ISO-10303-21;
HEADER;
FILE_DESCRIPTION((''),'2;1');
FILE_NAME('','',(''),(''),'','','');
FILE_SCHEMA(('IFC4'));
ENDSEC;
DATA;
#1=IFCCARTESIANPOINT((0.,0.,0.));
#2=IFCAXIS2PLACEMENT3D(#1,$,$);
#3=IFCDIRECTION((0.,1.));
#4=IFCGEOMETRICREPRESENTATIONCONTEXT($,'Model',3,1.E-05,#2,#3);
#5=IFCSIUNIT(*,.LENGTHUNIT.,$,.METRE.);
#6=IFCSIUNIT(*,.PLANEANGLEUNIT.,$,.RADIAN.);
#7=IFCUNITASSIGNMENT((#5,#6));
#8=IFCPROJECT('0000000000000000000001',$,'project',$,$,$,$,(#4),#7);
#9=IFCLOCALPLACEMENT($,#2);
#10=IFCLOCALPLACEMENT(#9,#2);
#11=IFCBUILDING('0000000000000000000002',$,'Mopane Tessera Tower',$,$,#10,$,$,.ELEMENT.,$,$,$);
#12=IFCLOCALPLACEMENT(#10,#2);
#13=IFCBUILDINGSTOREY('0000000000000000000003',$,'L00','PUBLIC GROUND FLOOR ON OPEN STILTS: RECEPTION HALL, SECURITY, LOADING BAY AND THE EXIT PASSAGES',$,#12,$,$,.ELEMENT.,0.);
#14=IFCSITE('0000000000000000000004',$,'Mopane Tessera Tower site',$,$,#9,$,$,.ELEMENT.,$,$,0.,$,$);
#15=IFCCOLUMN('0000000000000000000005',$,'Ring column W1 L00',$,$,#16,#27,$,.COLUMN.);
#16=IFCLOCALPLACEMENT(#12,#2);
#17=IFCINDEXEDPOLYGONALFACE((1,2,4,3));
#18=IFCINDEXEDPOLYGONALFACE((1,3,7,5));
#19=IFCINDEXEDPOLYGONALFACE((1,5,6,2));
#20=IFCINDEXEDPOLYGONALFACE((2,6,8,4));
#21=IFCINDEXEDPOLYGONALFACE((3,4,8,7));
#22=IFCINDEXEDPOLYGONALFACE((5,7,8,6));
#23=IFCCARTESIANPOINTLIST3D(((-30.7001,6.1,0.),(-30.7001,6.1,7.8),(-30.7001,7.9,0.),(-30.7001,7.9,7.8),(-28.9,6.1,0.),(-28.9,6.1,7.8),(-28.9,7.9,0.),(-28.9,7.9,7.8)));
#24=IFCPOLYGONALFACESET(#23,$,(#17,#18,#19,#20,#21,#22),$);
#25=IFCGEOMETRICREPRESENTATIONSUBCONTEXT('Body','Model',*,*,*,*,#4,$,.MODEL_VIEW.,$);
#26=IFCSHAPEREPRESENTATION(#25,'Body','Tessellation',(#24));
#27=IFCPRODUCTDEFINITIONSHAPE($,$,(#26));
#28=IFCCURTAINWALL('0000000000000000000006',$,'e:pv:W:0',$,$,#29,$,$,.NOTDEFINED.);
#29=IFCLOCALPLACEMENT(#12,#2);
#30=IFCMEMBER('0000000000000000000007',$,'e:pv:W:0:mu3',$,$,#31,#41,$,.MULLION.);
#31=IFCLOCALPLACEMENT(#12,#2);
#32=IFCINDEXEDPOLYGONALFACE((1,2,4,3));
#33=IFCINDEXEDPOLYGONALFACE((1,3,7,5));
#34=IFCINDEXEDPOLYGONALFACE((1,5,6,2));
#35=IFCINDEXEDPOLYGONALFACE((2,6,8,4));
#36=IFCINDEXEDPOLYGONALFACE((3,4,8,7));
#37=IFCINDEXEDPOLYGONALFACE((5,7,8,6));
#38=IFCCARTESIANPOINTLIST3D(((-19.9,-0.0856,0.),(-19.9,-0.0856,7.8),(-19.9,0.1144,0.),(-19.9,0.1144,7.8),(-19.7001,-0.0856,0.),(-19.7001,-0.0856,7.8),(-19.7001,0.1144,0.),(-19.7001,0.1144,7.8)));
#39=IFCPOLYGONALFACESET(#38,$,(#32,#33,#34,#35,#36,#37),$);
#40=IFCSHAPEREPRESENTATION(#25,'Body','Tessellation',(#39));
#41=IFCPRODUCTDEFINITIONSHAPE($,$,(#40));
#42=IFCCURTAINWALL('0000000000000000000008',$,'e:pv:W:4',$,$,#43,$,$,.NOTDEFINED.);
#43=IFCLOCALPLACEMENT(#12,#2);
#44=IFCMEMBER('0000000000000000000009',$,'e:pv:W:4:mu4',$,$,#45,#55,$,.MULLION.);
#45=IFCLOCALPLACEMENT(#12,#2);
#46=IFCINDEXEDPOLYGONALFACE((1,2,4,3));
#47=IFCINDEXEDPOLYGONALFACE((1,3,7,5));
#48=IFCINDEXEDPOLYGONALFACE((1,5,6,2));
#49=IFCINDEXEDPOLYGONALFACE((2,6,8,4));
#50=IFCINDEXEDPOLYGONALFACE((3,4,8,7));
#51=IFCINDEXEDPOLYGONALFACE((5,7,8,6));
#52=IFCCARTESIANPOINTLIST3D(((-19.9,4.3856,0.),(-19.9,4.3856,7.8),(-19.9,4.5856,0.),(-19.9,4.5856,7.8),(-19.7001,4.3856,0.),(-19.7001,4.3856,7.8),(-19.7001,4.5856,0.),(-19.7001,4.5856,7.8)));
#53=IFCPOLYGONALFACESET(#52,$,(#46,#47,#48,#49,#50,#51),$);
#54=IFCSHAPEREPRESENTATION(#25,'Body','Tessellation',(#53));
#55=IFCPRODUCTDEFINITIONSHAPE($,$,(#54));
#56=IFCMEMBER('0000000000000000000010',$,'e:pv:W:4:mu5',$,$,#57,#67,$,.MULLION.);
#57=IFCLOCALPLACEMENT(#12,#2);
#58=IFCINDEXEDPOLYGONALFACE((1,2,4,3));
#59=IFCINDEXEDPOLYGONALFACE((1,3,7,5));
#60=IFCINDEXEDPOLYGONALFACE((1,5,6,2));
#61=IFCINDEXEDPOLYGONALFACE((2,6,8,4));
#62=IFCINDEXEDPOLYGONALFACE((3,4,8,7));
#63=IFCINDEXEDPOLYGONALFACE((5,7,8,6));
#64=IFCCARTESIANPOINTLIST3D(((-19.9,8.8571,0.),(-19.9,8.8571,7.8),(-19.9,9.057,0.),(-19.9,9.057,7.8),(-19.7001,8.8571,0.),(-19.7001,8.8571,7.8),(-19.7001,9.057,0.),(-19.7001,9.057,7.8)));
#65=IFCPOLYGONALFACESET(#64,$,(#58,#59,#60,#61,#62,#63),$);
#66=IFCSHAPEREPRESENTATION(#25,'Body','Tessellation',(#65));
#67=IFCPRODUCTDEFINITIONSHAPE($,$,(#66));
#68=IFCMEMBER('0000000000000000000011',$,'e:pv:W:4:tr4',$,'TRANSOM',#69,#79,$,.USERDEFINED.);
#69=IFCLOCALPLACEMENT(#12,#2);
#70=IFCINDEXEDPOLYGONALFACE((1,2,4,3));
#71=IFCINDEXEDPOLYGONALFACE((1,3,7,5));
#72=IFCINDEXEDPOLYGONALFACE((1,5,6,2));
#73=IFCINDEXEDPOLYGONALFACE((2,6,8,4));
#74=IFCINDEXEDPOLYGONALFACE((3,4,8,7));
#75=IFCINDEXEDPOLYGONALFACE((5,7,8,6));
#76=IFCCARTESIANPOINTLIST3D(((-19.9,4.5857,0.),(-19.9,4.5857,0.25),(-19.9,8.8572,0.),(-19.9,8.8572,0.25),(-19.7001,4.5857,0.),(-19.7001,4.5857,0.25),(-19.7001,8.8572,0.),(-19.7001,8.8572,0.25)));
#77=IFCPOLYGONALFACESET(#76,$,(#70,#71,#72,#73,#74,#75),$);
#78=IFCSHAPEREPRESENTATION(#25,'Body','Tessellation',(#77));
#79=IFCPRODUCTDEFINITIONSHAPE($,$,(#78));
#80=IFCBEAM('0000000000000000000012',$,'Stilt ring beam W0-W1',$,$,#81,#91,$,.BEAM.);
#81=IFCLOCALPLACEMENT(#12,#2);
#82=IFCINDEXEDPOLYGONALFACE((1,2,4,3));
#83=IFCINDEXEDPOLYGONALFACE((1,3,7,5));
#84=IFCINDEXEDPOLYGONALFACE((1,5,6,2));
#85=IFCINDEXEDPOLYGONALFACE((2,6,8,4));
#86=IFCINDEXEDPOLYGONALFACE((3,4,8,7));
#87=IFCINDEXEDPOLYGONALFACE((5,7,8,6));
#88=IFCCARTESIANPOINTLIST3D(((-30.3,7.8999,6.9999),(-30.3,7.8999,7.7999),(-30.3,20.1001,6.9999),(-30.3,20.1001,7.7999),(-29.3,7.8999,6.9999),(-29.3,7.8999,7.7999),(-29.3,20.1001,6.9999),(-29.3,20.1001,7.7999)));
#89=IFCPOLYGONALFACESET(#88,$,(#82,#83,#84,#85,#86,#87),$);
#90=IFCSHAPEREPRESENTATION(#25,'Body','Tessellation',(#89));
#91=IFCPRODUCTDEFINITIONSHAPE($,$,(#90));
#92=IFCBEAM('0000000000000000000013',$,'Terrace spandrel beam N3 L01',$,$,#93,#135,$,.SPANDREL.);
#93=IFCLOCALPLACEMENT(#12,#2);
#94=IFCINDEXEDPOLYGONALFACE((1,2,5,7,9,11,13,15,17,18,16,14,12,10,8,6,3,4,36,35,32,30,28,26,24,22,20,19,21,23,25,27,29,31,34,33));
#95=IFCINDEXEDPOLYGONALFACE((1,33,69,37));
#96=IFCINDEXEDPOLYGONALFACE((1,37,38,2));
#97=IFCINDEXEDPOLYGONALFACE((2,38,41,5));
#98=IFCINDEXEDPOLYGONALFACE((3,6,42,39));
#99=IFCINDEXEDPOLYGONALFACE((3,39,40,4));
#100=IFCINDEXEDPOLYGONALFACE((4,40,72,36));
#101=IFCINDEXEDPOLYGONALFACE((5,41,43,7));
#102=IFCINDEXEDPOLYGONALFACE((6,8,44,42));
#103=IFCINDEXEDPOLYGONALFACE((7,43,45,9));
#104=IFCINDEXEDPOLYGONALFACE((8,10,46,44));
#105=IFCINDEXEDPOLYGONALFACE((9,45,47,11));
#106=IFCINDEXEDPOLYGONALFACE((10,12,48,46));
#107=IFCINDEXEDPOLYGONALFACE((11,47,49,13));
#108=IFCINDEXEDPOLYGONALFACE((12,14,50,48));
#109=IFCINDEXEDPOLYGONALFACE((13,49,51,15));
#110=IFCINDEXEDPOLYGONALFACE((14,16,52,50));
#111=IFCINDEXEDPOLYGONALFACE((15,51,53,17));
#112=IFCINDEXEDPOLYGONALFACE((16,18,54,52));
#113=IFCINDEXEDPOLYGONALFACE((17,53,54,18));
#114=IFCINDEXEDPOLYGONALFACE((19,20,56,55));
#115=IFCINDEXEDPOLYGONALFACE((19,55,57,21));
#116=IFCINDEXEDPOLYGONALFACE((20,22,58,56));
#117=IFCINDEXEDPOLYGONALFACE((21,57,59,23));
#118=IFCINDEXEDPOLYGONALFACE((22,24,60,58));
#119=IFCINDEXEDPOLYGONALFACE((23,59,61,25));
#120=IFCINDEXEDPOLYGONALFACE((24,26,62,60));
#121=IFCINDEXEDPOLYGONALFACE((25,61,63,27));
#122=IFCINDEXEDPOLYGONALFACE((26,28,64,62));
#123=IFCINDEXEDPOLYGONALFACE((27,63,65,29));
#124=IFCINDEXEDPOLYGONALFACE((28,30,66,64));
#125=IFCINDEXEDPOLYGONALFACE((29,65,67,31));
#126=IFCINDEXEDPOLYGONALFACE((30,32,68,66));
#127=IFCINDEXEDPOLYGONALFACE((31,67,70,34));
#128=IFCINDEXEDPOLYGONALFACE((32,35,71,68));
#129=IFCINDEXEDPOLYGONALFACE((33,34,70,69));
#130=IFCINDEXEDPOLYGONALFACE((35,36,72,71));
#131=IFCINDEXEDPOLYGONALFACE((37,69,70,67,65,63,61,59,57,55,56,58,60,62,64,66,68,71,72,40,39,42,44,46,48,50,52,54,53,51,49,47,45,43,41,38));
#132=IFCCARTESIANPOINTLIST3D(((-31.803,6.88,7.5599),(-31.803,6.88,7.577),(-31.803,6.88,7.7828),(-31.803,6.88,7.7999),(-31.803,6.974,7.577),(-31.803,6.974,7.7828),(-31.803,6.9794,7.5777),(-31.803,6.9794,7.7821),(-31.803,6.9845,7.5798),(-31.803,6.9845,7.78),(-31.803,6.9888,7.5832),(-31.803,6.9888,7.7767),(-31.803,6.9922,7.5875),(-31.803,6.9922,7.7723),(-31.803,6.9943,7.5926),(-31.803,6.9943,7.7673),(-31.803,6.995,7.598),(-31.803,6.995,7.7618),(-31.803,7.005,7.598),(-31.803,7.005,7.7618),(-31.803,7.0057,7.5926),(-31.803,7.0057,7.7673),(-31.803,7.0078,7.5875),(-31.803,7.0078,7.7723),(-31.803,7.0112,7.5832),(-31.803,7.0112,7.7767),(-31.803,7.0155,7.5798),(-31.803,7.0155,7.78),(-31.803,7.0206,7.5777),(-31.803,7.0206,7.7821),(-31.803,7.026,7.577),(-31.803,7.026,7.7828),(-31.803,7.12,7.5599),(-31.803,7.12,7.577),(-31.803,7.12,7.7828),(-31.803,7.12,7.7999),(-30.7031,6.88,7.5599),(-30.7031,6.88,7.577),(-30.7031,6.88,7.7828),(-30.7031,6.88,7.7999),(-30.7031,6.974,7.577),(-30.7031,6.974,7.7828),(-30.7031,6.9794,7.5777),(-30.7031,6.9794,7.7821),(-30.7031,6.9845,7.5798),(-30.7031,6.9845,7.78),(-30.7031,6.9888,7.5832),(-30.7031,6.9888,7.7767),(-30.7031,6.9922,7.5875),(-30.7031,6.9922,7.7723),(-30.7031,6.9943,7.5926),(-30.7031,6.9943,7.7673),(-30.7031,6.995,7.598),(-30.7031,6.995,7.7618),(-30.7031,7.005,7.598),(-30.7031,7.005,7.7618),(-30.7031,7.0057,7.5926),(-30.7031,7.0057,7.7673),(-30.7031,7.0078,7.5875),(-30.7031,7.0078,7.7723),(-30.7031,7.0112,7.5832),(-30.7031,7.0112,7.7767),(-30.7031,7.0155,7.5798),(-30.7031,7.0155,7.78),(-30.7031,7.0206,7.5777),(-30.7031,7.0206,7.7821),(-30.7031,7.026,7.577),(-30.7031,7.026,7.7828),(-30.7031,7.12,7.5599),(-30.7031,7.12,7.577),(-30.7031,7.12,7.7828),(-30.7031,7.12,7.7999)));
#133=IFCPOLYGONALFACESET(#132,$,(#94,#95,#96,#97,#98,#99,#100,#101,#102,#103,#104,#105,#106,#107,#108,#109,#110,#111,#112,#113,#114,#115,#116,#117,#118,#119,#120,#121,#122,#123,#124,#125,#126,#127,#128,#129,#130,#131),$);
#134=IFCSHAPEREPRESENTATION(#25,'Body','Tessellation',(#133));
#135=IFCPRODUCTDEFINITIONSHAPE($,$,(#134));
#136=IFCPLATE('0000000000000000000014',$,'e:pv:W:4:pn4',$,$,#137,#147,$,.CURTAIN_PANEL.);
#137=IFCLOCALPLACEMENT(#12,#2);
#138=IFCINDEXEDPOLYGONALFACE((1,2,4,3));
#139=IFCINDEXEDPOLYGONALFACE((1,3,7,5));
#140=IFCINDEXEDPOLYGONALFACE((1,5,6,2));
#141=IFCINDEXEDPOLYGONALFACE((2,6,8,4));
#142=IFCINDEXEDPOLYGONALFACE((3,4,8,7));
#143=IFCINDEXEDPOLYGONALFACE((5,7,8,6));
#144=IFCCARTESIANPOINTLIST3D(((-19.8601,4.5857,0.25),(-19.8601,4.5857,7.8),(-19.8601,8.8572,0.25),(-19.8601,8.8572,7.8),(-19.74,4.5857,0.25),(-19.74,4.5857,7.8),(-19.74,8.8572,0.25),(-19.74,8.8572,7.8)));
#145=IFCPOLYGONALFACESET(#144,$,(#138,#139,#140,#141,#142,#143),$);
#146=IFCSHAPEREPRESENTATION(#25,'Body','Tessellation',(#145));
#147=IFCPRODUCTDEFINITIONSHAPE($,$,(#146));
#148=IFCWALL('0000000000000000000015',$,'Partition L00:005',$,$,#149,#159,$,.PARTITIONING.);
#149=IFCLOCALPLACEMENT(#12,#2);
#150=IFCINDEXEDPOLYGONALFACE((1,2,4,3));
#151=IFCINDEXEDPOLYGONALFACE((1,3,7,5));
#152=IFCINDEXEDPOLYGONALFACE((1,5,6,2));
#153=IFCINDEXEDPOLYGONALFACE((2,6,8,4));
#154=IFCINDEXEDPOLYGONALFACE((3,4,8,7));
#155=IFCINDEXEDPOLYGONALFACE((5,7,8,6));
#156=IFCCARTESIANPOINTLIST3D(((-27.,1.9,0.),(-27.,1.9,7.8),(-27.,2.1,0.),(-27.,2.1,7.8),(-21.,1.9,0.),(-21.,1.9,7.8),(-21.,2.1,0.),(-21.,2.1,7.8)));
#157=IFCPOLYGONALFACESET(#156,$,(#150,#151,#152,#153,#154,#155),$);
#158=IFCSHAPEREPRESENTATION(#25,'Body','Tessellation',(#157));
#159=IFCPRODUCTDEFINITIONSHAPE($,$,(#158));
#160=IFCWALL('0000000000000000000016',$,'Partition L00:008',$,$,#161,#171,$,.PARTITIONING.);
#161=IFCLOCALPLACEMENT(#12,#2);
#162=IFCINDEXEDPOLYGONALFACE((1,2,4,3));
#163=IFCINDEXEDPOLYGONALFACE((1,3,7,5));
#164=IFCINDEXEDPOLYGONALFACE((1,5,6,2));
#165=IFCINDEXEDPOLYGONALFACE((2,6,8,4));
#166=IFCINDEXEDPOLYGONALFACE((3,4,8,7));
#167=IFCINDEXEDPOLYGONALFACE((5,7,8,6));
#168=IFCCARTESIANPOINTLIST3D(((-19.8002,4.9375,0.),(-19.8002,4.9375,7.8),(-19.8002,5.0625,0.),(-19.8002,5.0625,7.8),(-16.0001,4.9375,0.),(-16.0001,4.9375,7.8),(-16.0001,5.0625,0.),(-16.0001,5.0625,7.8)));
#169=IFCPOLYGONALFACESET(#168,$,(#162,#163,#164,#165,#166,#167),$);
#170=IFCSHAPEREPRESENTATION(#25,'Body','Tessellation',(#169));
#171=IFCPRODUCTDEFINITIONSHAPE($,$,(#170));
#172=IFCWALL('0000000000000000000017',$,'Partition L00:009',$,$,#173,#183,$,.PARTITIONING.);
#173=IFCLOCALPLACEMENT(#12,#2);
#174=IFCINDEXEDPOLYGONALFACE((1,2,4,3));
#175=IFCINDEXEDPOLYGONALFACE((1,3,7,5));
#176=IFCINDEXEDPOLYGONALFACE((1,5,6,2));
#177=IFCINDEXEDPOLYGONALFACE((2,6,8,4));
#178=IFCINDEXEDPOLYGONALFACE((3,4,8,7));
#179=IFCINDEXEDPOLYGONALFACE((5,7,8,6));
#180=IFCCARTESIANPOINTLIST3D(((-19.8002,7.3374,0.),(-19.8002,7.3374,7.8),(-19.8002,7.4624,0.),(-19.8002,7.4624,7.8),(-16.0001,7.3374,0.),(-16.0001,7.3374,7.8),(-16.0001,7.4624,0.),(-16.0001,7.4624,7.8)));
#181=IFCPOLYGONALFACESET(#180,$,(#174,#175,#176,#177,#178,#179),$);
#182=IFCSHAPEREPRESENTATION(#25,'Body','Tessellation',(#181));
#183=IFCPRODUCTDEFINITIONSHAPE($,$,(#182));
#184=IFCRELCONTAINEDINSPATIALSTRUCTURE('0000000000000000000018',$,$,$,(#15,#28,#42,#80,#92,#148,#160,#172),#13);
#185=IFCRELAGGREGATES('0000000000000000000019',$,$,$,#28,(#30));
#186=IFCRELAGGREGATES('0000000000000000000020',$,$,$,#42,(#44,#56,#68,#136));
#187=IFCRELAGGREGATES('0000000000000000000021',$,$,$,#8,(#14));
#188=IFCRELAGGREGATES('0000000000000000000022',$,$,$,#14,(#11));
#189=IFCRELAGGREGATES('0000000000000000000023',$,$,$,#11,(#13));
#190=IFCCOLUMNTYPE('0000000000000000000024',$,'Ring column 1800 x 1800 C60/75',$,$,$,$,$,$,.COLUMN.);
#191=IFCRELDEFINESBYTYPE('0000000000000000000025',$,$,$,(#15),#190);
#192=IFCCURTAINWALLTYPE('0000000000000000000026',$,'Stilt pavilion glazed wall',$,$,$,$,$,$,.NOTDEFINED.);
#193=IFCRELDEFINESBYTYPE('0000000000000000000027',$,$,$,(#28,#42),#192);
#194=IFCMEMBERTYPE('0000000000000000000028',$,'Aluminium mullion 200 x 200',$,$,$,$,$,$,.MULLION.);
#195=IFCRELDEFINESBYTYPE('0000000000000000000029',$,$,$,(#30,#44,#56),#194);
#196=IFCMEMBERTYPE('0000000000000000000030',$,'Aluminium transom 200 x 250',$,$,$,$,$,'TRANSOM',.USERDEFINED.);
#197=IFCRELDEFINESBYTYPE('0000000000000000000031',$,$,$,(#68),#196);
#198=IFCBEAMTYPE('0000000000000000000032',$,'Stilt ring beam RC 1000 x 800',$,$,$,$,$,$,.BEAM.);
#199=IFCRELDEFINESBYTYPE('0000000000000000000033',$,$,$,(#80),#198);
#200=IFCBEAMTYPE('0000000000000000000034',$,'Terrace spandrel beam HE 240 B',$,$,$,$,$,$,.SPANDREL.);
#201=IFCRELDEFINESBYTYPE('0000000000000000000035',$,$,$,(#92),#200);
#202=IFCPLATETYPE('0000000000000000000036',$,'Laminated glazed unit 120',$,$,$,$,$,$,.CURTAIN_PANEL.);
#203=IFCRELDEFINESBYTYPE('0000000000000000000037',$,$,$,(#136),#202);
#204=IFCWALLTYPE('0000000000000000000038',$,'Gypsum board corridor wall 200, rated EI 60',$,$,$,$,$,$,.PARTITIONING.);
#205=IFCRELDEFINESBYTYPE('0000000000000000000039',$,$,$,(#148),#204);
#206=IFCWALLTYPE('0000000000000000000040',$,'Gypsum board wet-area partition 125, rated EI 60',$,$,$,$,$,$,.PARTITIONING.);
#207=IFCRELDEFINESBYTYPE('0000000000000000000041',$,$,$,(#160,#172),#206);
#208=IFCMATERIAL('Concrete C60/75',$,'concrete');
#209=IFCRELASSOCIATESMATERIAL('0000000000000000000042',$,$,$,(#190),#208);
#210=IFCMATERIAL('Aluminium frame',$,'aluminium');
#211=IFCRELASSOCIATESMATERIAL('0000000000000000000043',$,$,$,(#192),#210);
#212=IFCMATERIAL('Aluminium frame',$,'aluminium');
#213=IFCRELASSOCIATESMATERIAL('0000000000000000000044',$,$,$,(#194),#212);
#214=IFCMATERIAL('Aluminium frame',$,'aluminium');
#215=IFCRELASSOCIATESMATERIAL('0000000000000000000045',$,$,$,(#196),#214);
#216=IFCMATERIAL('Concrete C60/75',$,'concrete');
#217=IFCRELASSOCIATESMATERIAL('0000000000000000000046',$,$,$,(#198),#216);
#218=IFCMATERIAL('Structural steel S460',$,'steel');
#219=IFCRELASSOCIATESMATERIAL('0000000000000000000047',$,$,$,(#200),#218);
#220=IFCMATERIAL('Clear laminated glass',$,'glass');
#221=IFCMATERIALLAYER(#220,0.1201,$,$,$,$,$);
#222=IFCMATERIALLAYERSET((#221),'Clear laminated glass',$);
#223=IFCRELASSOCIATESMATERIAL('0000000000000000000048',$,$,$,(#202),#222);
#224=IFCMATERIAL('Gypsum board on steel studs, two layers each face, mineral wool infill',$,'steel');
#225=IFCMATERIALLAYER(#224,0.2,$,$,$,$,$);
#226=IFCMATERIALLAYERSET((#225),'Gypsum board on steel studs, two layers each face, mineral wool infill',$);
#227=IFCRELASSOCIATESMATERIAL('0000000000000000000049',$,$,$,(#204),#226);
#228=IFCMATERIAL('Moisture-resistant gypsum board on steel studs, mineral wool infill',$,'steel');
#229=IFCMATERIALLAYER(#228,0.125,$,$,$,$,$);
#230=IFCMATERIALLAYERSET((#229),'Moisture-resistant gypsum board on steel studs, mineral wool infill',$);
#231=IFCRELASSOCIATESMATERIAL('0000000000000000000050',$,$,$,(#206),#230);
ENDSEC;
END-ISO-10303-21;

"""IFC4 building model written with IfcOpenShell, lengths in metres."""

from ifc_helpers import new_model, si_unit, direction, frame, frame_2d, origin, origin_2d, place, context, subcontext, project, spatial, rectangle, i_section, extrude, material, layer, layer_set, material_profile, profile_set, type_object, element, aggregate, save


model = new_model("IFC4")

# Units and contexts
model_context = context("Model", 3, precision=1e-05, world=origin(), true_north=direction((0.0, 1.0)))
body_context = subcontext(model_context, "Body", "Model", "MODEL_VIEW")
ifc_project = project(units=[si_unit("LENGTHUNIT", "METRE"), si_unit("PLANEANGLEUNIT", "RADIAN")], contexts=[model_context])

# Site, building, storey
site_placement = place(None, origin())
site = spatial("IfcSite", under=ifc_project, at=site_placement, Name="Mopane Tessera Tower site", CompositionType="ELEMENT", RefElevation=0.0)
building_placement = place(site_placement, origin())
building = spatial("IfcBuilding", under=site, at=building_placement, Name="Mopane Tessera Tower", CompositionType="ELEMENT")
storey_placement = place(building_placement, origin())
storey = spatial("IfcBuildingStorey", under=building, at=storey_placement, Name="L00", Description="PUBLIC GROUND FLOOR ON OPEN STILTS: RECEPTION HALL, SECURITY, LOADING BAY AND THE EXIT PASSAGES", CompositionType="ELEMENT", Elevation=0.0)

# Column
ifc_material_1 = material(Name="Concrete C60/75", Category="concrete")
ifc_material_profile_1 = material_profile(ifc_material_1, rectangle(XDim=1.8, YDim=1.8, at=origin_2d()))
ifc_profile_set_1 = profile_set([ifc_material_profile_1], Name="Concrete C60/75")
column_type = type_object("IfcColumnType", Name="Ring column 1800 x 1800 C60/75", PredefinedType="COLUMN", material=ifc_profile_set_1)
column_placement = place(storey_placement, frame((-29.8, 7.0, 0.0), z_axis=(0.0, 0.0, 1.0), x_axis=(1.0, 0.0, 0.0)))
element("IfcColumn", 1, at=column_placement, inside=storey, type_object=column_type, Name="Ring column W1 L00", PredefinedType="COLUMN", context=body_context, shape_type="SweptSolid", body=[
    extrude(rectangle(XDim=1.8, YDim=1.8, at=origin_2d()), origin(), (0.0, 0.0, 1.0), 7.8),
])

# Curtain wall, member
ifc_material_2 = material(Name="Aluminium frame", Category="aluminium")
curtain_wall_type = type_object("IfcCurtainWallType", Name="Stilt pavilion glazed wall", PredefinedType="NOTDEFINED", material=ifc_material_2)
curtain_wall_1_placement = place(storey_placement, origin())
curtain_wall_1 = element("IfcCurtainWall", 2, at=curtain_wall_1_placement, inside=storey, type_object=curtain_wall_type, Name="e:pv:W:0", PredefinedType="NOTDEFINED")
ifc_material_3 = material(Name="Aluminium frame", Category="aluminium")
ifc_material_profile_2 = material_profile(ifc_material_3, rectangle(XDim=0.2, YDim=0.2, at=origin_2d()))
ifc_profile_set_2 = profile_set([ifc_material_profile_2], Name="Aluminium frame")
member_type_1 = type_object("IfcMemberType", Name="Aluminium mullion 200 x 200", PredefinedType="MULLION", material=ifc_profile_set_2)
member_1_placement = place(storey_placement, frame((-19.8, 0.0144, 0.0), z_axis=(0.0, 0.0, 1.0), x_axis=(0.0, 1.0, 0.0)))
member_1 = element("IfcMember", 3, at=member_1_placement, type_object=member_type_1, Name="e:pv:W:0:mu3", PredefinedType="MULLION", context=body_context, shape_type="SweptSolid", body=[
    extrude(rectangle(XDim=0.2, YDim=0.2, at=origin_2d()), origin(), (0.0, 0.0, 1.0), 7.8),
])
aggregate(curtain_wall_1, [member_1])

# Curtain wall, members
curtain_wall_2_placement = place(storey_placement, origin())
curtain_wall_2 = element("IfcCurtainWall", 4, at=curtain_wall_2_placement, inside=storey, type_object=curtain_wall_type, Name="e:pv:W:4", PredefinedType="NOTDEFINED")
member_2_placement = place(storey_placement, frame((-19.8, 4.4856, 0.0), z_axis=(0.0, 0.0, 1.0), x_axis=(0.0, 1.0, 0.0)))
member_2 = element("IfcMember", 5, at=member_2_placement, type_object=member_type_1, Name="e:pv:W:4:mu4", PredefinedType="MULLION", context=body_context, shape_type="SweptSolid", body=[
    extrude(rectangle(XDim=0.2, YDim=0.2, at=origin_2d()), origin(), (0.0, 0.0, 1.0), 7.8),
])
member_3_placement = place(storey_placement, frame((-19.8, 8.957, 0.0), z_axis=(0.0, 0.0, 1.0), x_axis=(0.0, 1.0, 0.0)))
member_3 = element("IfcMember", 6, at=member_3_placement, type_object=member_type_1, Name="e:pv:W:4:mu5", PredefinedType="MULLION", context=body_context, shape_type="SweptSolid", body=[
    extrude(rectangle(XDim=0.2, YDim=0.2, at=origin_2d()), origin(), (0.0, 0.0, 1.0), 7.8),
])
ifc_material_4 = material(Name="Aluminium frame", Category="aluminium")
ifc_material_profile_3 = material_profile(ifc_material_4, rectangle(XDim=0.2, YDim=0.25, at=origin_2d()))
ifc_profile_set_3 = profile_set([ifc_material_profile_3], Name="Aluminium frame")
member_type_2 = type_object("IfcMemberType", Name="Aluminium transom 200 x 250", ElementType="TRANSOM", PredefinedType="USERDEFINED", material=ifc_profile_set_3)
member_4_placement = place(storey_placement, frame((-19.8, 4.5857, 0.125), z_axis=(0.0, 1.0, 0.0), x_axis=(-1.0, 0.0, 0.0)))
member_4 = element("IfcMember", 7, at=member_4_placement, type_object=member_type_2, Name="e:pv:W:4:tr4", ObjectType="TRANSOM", PredefinedType="USERDEFINED", context=body_context, shape_type="SweptSolid", body=[
    extrude(rectangle(XDim=0.2, YDim=0.25, at=origin_2d()), origin(), (0.0, 0.0, 1.0), 4.2715),
])

# Beams
ifc_material_5 = material(Name="Concrete C60/75", Category="concrete")
ifc_material_profile_4 = material_profile(ifc_material_5, rectangle(XDim=1.0, YDim=0.8, at=origin_2d()))
ifc_profile_set_4 = profile_set([ifc_material_profile_4], Name="Concrete C60/75")
beam_type_1 = type_object("IfcBeamType", Name="Stilt ring beam RC 1000 x 800", PredefinedType="BEAM", material=ifc_profile_set_4)
beam_1_placement = place(storey_placement, frame((-29.8, 7.8999, 7.3999), z_axis=(0.0, 1.0, 0.0), x_axis=(-1.0, 0.0, 0.0)))
element("IfcBeam", 8, at=beam_1_placement, inside=storey, type_object=beam_type_1, Name="Stilt ring beam W0-W1", PredefinedType="BEAM", context=body_context, shape_type="SweptSolid", body=[
    extrude(rectangle(XDim=1.0, YDim=0.8, at=origin_2d()), origin(), (0.0, 0.0, 1.0), 12.2002),
])
ifc_material_6 = material(Name="Structural steel S460", Category="steel")
ifc_material_profile_5 = material_profile(ifc_material_6, i_section(OverallWidth=0.24, OverallDepth=0.24, WebThickness=0.01, FlangeThickness=0.0171, FilletRadius=0.021, at=origin_2d()))
ifc_profile_set_5 = profile_set([ifc_material_profile_5], Name="Structural steel S460")
beam_type_2 = type_object("IfcBeamType", Name="Terrace spandrel beam HE 240 B", PredefinedType="SPANDREL", material=ifc_profile_set_5)
beam_2_placement = place(storey_placement, frame((-30.7031, 7.0, 7.6799), z_axis=(-1.0, 0.0, 0.0), x_axis=(0.0, -1.0, 0.0)))
element("IfcBeam", 9, at=beam_2_placement, inside=storey, type_object=beam_type_2, Name="Terrace spandrel beam N3 L01", PredefinedType="SPANDREL", context=body_context, shape_type="SweptSolid", body=[
    extrude(i_section(OverallWidth=0.24, OverallDepth=0.24, WebThickness=0.01, FlangeThickness=0.0171, FilletRadius=0.021, at=origin_2d()), origin(), (0.0, 0.0, 1.0), 1.0999),
])

# Plate
ifc_material_7 = material(Name="Clear laminated glass", Category="glass")
ifc_layer_1 = layer(ifc_material_7, 0.1201)
ifc_layer_set_1 = layer_set([ifc_layer_1], Name="Clear laminated glass")
plate_type = type_object("IfcPlateType", Name="Laminated glazed unit 120", PredefinedType="CURTAIN_PANEL", material=ifc_layer_set_1)
plate_placement = place(storey_placement, frame((-19.8, 6.7214, 0.25), z_axis=(0.0, 0.0, 1.0), x_axis=(0.0, 1.0, 0.0)))
plate = element("IfcPlate", 10, at=plate_placement, type_object=plate_type, Name="e:pv:W:4:pn4", PredefinedType="CURTAIN_PANEL", context=body_context, shape_type="SweptSolid", body=[
    extrude(rectangle(XDim=4.2715, YDim=0.1201, at=origin_2d()), origin(), (0.0, 0.0, 1.0), 7.55),
])
aggregate(curtain_wall_2, [member_2, member_3, member_4, plate])

# Walls
ifc_material_8 = material(Name="Gypsum board on steel studs, two layers each face, mineral wool infill", Category="steel")
ifc_layer_2 = layer(ifc_material_8, 0.2)
ifc_layer_set_2 = layer_set([ifc_layer_2], Name="Gypsum board on steel studs, two layers each face, mineral wool infill")
wall_type_1 = type_object("IfcWallType", Name="Gypsum board corridor wall 200, rated EI 60", PredefinedType="PARTITIONING", material=ifc_layer_set_2)
wall_1_placement = place(storey_placement, frame((-27.0, 2.0, 0.0), z_axis=(0.0, 0.0, 1.0), x_axis=(1.0, 0.0, 0.0)))
element("IfcWall", 11, at=wall_1_placement, inside=storey, type_object=wall_type_1, Name="Partition L00:005", PredefinedType="PARTITIONING", context=body_context, shape_type="SweptSolid", body=[
    extrude(rectangle(XDim=6.0, YDim=0.2, at=frame_2d((3.0, 0.0))), origin(), (0.0, 0.0, 1.0), 7.8),
])
ifc_material_9 = material(Name="Moisture-resistant gypsum board on steel studs, mineral wool infill", Category="steel")
ifc_layer_3 = layer(ifc_material_9, 0.125)
ifc_layer_set_3 = layer_set([ifc_layer_3], Name="Moisture-resistant gypsum board on steel studs, mineral wool infill")
wall_type_2 = type_object("IfcWallType", Name="Gypsum board wet-area partition 125, rated EI 60", PredefinedType="PARTITIONING", material=ifc_layer_set_3)
for number, where, z_axis, x_axis, name in (
    (12, (-19.8, 5.0, 0.0), (0.0, 0.0, 1.0), (1.0, 0.0, 0.0), "Partition L00:008"),
    (13, (-19.8, 7.3999, 0.0), (0.0, 0.0, 1.0), (1.0, 0.0, 0.0), "Partition L00:009"),
):
    element("IfcWall", number, at=place(storey_placement, frame(where, z_axis=z_axis, x_axis=x_axis)), inside=storey, type_object=wall_type_2, Name=name, PredefinedType="PARTITIONING", context=body_context, shape_type="SweptSolid", body=[
        extrude(rectangle(XDim=3.8, YDim=0.125, at=frame_2d((1.8999, 0.0))), origin(), (0.0, 0.0, 1.0), 7.8),
    ])

save(model, "model.ifc")
